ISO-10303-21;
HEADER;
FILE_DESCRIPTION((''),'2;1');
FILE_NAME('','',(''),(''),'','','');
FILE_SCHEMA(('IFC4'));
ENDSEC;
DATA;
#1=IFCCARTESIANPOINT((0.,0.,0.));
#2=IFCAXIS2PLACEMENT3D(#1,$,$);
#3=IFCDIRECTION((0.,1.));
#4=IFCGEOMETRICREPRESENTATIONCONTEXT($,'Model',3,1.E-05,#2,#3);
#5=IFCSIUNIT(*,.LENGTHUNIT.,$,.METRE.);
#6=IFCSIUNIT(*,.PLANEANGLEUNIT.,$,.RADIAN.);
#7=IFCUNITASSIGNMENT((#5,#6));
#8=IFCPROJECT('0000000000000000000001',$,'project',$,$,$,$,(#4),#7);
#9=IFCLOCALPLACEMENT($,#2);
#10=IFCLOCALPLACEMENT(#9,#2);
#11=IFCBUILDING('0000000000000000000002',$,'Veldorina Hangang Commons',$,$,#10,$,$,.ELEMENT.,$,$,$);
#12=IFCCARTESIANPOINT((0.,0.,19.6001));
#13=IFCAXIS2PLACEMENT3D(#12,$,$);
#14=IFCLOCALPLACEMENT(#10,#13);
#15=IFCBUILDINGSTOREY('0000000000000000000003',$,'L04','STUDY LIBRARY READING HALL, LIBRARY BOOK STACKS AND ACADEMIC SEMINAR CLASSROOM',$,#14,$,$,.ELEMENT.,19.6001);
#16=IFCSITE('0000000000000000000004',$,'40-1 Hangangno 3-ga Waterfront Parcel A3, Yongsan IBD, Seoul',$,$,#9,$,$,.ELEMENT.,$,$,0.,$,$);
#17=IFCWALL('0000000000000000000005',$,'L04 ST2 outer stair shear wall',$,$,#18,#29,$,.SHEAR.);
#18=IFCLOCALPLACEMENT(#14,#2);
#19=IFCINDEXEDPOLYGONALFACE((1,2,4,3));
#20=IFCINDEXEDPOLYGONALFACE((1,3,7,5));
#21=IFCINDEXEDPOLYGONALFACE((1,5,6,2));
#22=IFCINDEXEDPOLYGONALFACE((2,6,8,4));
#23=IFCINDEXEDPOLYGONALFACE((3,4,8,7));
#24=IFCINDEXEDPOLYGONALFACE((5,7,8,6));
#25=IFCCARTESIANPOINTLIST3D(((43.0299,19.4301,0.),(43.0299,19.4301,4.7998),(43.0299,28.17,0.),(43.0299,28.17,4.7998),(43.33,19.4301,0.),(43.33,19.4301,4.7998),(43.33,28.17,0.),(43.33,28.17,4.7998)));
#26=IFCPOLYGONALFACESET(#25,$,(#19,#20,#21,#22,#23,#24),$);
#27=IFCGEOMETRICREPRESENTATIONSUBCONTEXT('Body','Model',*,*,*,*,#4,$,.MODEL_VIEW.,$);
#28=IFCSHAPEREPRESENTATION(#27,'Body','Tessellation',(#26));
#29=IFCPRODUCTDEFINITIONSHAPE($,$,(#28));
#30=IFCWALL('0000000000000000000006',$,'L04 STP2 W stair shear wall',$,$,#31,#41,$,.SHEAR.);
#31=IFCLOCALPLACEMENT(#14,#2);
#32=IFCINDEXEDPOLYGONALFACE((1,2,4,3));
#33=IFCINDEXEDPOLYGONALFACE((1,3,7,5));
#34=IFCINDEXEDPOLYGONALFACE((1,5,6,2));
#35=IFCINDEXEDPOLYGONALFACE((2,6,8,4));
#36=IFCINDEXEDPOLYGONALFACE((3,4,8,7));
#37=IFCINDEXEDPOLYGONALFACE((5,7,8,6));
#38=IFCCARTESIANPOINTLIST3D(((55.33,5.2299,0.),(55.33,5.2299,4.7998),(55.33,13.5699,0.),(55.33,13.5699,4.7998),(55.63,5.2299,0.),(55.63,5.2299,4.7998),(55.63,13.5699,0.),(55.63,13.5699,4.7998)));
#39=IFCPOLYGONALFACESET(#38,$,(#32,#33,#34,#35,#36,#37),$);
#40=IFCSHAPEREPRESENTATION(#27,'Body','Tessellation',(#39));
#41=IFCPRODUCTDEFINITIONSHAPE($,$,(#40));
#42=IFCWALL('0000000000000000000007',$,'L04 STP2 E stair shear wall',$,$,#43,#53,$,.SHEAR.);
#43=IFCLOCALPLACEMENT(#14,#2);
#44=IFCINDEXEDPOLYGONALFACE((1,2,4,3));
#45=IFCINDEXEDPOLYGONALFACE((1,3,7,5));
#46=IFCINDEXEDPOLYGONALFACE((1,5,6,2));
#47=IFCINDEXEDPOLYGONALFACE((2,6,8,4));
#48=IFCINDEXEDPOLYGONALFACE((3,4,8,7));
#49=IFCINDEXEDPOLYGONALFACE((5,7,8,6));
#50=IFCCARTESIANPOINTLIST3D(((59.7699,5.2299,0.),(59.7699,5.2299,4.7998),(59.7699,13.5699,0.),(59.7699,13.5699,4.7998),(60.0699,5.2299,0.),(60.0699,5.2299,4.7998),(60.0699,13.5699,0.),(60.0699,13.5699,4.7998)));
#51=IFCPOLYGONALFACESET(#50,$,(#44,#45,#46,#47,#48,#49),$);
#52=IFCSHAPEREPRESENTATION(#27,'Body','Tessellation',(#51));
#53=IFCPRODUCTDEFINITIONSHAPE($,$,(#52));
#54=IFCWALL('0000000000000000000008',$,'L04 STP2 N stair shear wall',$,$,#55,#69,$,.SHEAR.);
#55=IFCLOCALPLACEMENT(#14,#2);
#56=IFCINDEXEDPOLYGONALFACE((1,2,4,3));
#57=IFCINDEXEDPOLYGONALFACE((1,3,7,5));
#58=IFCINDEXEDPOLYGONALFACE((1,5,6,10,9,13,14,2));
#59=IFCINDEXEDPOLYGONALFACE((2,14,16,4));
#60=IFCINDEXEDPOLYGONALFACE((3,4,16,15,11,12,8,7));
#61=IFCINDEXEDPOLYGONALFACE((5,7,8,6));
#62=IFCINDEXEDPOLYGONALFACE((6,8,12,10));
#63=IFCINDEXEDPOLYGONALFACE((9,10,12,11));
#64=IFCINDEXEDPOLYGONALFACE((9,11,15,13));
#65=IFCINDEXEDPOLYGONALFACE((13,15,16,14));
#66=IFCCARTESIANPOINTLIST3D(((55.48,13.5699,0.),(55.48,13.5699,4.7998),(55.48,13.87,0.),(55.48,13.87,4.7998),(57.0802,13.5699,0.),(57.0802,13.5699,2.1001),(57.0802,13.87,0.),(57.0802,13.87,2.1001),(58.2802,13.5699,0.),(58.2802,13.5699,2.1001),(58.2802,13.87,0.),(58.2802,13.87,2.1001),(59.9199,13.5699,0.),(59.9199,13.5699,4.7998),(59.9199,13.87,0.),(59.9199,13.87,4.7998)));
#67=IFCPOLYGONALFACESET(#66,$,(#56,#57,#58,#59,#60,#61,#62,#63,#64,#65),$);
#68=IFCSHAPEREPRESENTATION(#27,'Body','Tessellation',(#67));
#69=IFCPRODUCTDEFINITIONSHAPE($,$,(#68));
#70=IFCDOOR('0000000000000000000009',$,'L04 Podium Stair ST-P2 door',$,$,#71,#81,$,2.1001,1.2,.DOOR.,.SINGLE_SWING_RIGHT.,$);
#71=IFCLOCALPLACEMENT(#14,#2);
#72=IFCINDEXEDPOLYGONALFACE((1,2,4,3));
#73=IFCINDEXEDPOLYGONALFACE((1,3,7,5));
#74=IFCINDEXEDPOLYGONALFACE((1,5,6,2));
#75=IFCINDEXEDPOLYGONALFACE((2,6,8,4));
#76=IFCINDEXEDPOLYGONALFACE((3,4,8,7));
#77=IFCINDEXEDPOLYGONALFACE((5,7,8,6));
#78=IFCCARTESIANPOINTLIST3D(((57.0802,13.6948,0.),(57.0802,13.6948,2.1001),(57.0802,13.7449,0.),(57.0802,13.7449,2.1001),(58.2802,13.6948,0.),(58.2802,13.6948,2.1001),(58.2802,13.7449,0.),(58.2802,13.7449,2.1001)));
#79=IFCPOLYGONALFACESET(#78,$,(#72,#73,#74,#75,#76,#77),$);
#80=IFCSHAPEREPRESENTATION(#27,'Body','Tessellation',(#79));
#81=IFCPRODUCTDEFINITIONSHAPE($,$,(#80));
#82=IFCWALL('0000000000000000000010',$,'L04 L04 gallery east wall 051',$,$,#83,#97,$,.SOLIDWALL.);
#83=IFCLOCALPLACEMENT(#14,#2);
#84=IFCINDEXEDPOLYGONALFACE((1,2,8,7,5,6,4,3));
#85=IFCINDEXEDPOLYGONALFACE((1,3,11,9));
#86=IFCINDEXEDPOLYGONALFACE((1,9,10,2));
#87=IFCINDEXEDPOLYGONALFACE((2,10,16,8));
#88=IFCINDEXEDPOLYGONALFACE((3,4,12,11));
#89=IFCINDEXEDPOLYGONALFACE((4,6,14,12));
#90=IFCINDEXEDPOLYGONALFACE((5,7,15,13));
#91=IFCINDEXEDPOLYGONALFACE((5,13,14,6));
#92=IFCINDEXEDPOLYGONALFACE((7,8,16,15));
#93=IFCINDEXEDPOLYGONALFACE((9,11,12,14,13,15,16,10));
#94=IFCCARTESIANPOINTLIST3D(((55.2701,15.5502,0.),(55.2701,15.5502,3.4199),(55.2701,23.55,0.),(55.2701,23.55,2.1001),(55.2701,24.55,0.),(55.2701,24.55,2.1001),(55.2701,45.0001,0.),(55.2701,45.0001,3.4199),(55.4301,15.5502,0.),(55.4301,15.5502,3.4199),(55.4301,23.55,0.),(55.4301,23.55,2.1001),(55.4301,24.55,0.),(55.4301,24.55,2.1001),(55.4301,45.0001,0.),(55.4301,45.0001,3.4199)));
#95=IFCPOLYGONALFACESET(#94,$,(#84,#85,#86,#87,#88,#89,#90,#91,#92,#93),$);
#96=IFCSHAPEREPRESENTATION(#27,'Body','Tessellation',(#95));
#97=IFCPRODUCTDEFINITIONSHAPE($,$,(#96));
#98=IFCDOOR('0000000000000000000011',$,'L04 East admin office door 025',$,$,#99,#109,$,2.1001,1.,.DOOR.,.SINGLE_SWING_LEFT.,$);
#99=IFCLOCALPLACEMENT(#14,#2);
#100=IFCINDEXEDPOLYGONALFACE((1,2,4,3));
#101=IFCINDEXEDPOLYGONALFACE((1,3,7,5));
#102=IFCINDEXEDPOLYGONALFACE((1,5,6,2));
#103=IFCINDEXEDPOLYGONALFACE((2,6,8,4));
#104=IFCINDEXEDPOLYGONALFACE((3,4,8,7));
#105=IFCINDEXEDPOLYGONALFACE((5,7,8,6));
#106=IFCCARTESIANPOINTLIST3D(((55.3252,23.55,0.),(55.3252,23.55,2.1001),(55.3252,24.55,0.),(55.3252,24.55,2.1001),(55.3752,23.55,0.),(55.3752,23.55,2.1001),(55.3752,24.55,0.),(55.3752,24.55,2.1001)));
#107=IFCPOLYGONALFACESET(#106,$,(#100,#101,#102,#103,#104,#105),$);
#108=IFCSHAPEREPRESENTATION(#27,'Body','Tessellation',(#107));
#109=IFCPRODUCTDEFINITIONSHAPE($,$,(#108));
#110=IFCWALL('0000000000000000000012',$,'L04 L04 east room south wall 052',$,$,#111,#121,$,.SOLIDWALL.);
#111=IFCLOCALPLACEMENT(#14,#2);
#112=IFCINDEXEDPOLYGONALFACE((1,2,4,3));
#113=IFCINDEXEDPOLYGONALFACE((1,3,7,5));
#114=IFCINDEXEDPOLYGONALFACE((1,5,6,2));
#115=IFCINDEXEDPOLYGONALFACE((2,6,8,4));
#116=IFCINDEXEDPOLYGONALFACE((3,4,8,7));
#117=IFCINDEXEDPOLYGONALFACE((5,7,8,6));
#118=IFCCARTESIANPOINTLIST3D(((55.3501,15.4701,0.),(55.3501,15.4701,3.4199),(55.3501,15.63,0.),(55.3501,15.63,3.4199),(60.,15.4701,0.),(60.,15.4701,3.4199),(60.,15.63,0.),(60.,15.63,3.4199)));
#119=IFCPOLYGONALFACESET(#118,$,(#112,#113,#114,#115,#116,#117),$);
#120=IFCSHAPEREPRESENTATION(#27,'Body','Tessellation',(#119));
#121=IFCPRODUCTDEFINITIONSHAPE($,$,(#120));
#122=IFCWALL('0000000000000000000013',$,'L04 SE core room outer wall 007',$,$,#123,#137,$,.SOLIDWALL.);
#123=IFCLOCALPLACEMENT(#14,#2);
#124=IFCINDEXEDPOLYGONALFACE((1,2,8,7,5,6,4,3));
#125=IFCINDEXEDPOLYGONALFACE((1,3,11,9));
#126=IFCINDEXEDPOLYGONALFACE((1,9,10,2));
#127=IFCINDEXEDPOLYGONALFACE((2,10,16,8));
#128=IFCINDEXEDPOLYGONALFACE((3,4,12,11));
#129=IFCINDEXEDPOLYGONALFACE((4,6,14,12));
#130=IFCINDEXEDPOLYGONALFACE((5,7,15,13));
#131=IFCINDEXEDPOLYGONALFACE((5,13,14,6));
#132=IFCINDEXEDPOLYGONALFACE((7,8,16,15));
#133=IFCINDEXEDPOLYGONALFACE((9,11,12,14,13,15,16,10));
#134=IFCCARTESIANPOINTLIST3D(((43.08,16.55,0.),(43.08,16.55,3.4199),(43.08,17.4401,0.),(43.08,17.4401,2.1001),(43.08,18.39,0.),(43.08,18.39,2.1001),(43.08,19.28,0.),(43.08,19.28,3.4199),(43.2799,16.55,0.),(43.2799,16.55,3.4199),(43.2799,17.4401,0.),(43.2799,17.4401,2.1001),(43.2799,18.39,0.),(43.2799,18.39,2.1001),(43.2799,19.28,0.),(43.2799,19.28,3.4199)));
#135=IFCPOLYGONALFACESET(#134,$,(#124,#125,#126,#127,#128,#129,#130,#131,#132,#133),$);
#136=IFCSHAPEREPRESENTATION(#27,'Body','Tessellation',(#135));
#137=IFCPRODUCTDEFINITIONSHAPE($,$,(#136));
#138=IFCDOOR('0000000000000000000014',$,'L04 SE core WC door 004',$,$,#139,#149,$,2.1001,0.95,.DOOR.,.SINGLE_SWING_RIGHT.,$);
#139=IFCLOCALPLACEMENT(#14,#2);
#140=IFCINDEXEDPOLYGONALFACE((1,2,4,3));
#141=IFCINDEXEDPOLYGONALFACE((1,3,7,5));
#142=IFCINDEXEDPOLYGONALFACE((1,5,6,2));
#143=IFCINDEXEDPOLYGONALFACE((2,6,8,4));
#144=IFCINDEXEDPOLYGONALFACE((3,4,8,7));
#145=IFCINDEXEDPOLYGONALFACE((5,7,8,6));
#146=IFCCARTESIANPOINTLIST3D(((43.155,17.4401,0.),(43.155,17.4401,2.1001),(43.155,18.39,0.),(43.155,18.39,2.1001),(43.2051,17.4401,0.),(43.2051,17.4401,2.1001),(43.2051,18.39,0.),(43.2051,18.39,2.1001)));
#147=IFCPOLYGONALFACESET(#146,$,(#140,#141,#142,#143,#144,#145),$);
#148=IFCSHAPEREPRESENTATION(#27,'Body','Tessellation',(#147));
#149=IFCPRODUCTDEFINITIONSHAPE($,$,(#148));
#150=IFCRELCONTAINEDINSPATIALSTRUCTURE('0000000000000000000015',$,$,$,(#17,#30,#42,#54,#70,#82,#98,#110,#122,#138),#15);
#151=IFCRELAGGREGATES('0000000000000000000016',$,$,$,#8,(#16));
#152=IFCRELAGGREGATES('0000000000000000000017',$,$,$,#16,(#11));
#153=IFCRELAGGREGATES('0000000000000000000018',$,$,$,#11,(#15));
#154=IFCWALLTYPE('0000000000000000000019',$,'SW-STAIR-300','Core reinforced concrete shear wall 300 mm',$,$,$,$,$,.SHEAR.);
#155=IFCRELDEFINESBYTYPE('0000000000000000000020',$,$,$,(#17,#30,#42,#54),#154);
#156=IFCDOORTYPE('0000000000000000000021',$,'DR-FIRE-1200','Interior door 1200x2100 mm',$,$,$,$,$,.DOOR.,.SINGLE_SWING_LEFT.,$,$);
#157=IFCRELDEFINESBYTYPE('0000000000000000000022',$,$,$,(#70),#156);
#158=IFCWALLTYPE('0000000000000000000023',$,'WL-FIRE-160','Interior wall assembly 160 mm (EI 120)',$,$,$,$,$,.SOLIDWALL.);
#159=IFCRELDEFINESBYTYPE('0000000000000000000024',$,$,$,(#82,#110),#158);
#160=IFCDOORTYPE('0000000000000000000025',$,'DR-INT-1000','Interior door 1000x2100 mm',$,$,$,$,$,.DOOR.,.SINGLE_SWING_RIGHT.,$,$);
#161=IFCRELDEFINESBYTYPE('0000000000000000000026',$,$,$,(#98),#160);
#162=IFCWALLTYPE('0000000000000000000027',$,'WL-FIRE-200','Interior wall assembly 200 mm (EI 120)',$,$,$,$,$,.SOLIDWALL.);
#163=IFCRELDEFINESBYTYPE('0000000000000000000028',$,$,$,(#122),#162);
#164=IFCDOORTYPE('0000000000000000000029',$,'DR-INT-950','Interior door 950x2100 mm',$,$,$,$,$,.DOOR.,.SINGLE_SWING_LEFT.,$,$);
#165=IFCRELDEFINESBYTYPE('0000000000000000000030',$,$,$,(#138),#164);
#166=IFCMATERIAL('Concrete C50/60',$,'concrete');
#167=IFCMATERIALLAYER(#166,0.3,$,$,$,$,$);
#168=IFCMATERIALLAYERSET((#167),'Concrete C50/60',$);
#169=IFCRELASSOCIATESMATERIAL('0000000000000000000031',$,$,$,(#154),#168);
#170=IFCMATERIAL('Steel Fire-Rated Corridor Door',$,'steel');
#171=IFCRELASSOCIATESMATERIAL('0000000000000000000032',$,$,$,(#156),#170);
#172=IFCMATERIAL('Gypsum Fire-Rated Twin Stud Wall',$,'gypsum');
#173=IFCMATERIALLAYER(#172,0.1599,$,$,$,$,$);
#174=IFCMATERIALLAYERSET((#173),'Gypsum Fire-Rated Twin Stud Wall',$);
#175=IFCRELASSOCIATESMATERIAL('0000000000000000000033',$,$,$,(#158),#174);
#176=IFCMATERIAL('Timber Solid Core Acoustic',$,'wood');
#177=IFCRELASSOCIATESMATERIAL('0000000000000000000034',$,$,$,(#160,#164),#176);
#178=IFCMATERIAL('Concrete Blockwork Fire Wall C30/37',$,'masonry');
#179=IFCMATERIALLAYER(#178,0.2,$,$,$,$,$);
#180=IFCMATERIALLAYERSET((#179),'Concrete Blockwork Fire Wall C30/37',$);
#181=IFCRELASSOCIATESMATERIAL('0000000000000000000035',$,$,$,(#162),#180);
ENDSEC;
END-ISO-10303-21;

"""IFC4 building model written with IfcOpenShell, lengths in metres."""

from ifc_helpers import new_model, si_unit, direction, frame, frame_2d, origin, place, context, subcontext, project, spatial, rectangle, extrude, material, layer, layer_set, type_object, element, fill, save


model = new_model("IFC4")

# Units and contexts
model_context = context("Model", 3, precision=1e-05, world=origin(), true_north=direction((0.0, 1.0)))
body_context = subcontext(model_context, "Body", "Model", "MODEL_VIEW")
ifc_project = project(units=[si_unit("LENGTHUNIT", "METRE"), si_unit("PLANEANGLEUNIT", "RADIAN")], contexts=[model_context])

# Site, building, storey
site_placement = place(None, origin())
site = spatial("IfcSite", under=ifc_project, at=site_placement, Name="40-1 Hangangno 3-ga Waterfront Parcel A3, Yongsan IBD, Seoul", CompositionType="ELEMENT", RefElevation=0.0)
building_placement = place(site_placement, origin())
building = spatial("IfcBuilding", under=site, at=building_placement, Name="Veldorina Hangang Commons", CompositionType="ELEMENT")
storey_placement = place(building_placement, frame((0.0, 0.0, 19.6001)))
storey = spatial("IfcBuildingStorey", under=building, at=storey_placement, Name="L04", Description="STUDY LIBRARY READING HALL, LIBRARY BOOK STACKS AND ACADEMIC SEMINAR CLASSROOM", CompositionType="ELEMENT", Elevation=19.6001)

# Walls
ifc_material_1 = material(Name="Concrete C50/60", Category="concrete")
ifc_layer_1 = layer(ifc_material_1, 0.3)
ifc_layer_set_1 = layer_set([ifc_layer_1], Name="Concrete C50/60")
wall_type_1 = type_object("IfcWallType", Name="SW-STAIR-300", Description="Core reinforced concrete shear wall 300 mm", PredefinedType="SHEAR", material=ifc_layer_set_1)
wall_1_placement = place(storey_placement, frame((43.1799, 19.4299, 0.0), z_axis=(0.0, 0.0, 1.0), x_axis=(0.0, 1.0, 0.0)))
element("IfcWall", 1, at=wall_1_placement, inside=storey, type_object=wall_type_1, Name="L04 ST2 outer stair shear wall", PredefinedType="SHEAR", context=body_context, shape_type="SweptSolid", body=[
    extrude(rectangle(XDim=8.74, YDim=0.3, at=frame_2d((4.3701, 0.0))), origin(), (0.0, 0.0, 1.0), 4.7998),
])
for number, where, z_axis, x_axis, name in (
    (2, (55.48, 5.23, 0.0), (0.0, 0.0, 1.0), (0.0, 1.0, 0.0), "L04 STP2 W stair shear wall"),
    (3, (59.9199, 5.23, 0.0), (0.0, 0.0, 1.0), (0.0, 1.0, 0.0), "L04 STP2 E stair shear wall"),
):
    element("IfcWall", number, at=place(storey_placement, frame(where, z_axis=z_axis, x_axis=x_axis)), inside=storey, type_object=wall_type_1, Name=name, PredefinedType="SHEAR", context=body_context, shape_type="SweptSolid", body=[
        extrude(rectangle(XDim=8.3401, YDim=0.3, at=frame_2d((4.1699, 0.0))), origin(), (0.0, 0.0, 1.0), 4.7998),
    ])

# Walls, openings, doors
wall_2_placement = place(storey_placement, frame((55.48, 13.72, 0.0), z_axis=(0.0, 0.0, 1.0), x_axis=(1.0, 0.0, 0.0)))
wall_2 = element("IfcWall", 4, at=wall_2_placement, inside=storey, type_object=wall_type_1, Name="L04 STP2 N stair shear wall", PredefinedType="SHEAR", context=body_context, shape_type="SweptSolid", body=[
    extrude(rectangle(XDim=4.4399, YDim=0.3, at=frame_2d((2.22, 0.0))), origin(), (0.0, 0.0, 1.0), 4.7998),
])
opening_1_placement = place(wall_2_placement, frame((1.6001, 0.0, 0.0)))
opening_1 = element("IfcOpeningElement", 5, at=opening_1_placement, cuts=wall_2, PredefinedType="OPENING", context=body_context, shape_type="SweptSolid", body=[
    extrude(rectangle(XDim=1.2, YDim=2.1001, at=frame_2d((0.6001, 1.05))), frame((0.0, 0.1602, 0.0), z_axis=(0.0, -1.0, 0.0), x_axis=(1.0, 0.0, 0.0)), (0.0, 0.0, 1.0), 0.3201),
])
ifc_material_2 = material(Name="Steel Fire-Rated Corridor Door", Category="steel")
door_type_1 = type_object("IfcDoorType", Name="DR-FIRE-1200", Description="Interior door 1200x2100 mm", OperationType="SINGLE_SWING_LEFT", PredefinedType="DOOR", material=ifc_material_2)
door_1_placement = place(opening_1_placement, origin())
door_1 = element("IfcDoor", 6, at=door_1_placement, inside=storey, type_object=door_type_1, Name="L04 Podium Stair ST-P2 door", OperationType="SINGLE_SWING_RIGHT", OverallHeight=2.1001, OverallWidth=1.2, PredefinedType="DOOR", context=body_context, shape_type="SweptSolid", body=[
    extrude(rectangle(XDim=1.2, YDim=2.1001, at=frame_2d((0.6001, 1.05))), frame((0.0, 0.0249, 0.0), z_axis=(0.0, -1.0, 0.0), x_axis=(1.0, 0.0, 0.0)), (0.0, 0.0, 1.0), 0.05),
])
fill(opening_1, door_1)
ifc_material_3 = material(Name="Gypsum Fire-Rated Twin Stud Wall", Category="gypsum")
ifc_layer_2 = layer(ifc_material_3, 0.1599)
ifc_layer_set_2 = layer_set([ifc_layer_2], Name="Gypsum Fire-Rated Twin Stud Wall")
wall_type_2 = type_object("IfcWallType", Name="WL-FIRE-160", Description="Interior wall assembly 160 mm (EI 120)", PredefinedType="SOLIDWALL", material=ifc_layer_set_2)
wall_3_placement = place(storey_placement, frame((55.3501, 15.55, 0.0), z_axis=(0.0, 0.0, 1.0), x_axis=(0.0, 1.0, 0.0)))
wall_3 = element("IfcWall", 7, at=wall_3_placement, inside=storey, type_object=wall_type_2, Name="L04 L04 gallery east wall 051", PredefinedType="SOLIDWALL", context=body_context, shape_type="SweptSolid", body=[
    extrude(rectangle(XDim=29.45, YDim=0.1599, at=frame_2d((14.7251, 0.0))), origin(), (0.0, 0.0, 1.0), 3.4199),
])
opening_2_placement = place(wall_3_placement, frame((8.0, 0.0, 0.0)))
opening_2 = element("IfcOpeningElement", 8, at=opening_2_placement, cuts=wall_3, PredefinedType="OPENING", context=body_context, shape_type="SweptSolid", body=[
    extrude(rectangle(XDim=1.0, YDim=2.1001, at=frame_2d((0.5, 1.05))), frame((0.0, 0.0898, 0.0), z_axis=(0.0, -1.0, 0.0), x_axis=(1.0, 0.0, 0.0)), (0.0, 0.0, 1.0), 0.1799),
])
ifc_material_4 = material(Name="Timber Solid Core Acoustic", Category="wood")
door_type_2 = type_object("IfcDoorType", Name="DR-INT-1000", Description="Interior door 1000x2100 mm", OperationType="SINGLE_SWING_RIGHT", PredefinedType="DOOR", material=ifc_material_4)
door_2_placement = place(opening_2_placement, origin())
door_2 = element("IfcDoor", 9, at=door_2_placement, inside=storey, type_object=door_type_2, Name="L04 East admin office door 025", OperationType="SINGLE_SWING_LEFT", OverallHeight=2.1001, OverallWidth=1.0, PredefinedType="DOOR", context=body_context, shape_type="SweptSolid", body=[
    extrude(rectangle(XDim=1.0, YDim=2.1001, at=frame_2d((0.5, 1.05))), frame((0.0, 0.0249, 0.0), z_axis=(0.0, -1.0, 0.0), x_axis=(1.0, 0.0, 0.0)), (0.0, 0.0, 1.0), 0.05),
])
fill(opening_2, door_2)

# Wall
wall_4_placement = place(storey_placement, frame((55.3501, 15.55, 0.0), z_axis=(0.0, 0.0, 1.0), x_axis=(1.0, 0.0, 0.0)))
element("IfcWall", 10, at=wall_4_placement, inside=storey, type_object=wall_type_2, Name="L04 L04 east room south wall 052", PredefinedType="SOLIDWALL", context=body_context, shape_type="SweptSolid", body=[
    extrude(rectangle(XDim=4.6499, YDim=0.1599, at=frame_2d((2.325, 0.0))), origin(), (0.0, 0.0, 1.0), 3.4199),
])

# Wall, opening, door
ifc_material_5 = material(Name="Concrete Blockwork Fire Wall C30/37", Category="masonry")
ifc_layer_3 = layer(ifc_material_5, 0.2)
ifc_layer_set_3 = layer_set([ifc_layer_3], Name="Concrete Blockwork Fire Wall C30/37")
wall_type_3 = type_object("IfcWallType", Name="WL-FIRE-200", Description="Interior wall assembly 200 mm (EI 120)", PredefinedType="SOLIDWALL", material=ifc_layer_set_3)
wall_5_placement = place(storey_placement, frame((43.1799, 16.55, 0.0), z_axis=(0.0, 0.0, 1.0), x_axis=(0.0, 1.0, 0.0)))
wall_5 = element("IfcWall", 11, at=wall_5_placement, inside=storey, type_object=wall_type_3, Name="L04 SE core room outer wall 007", PredefinedType="SOLIDWALL", context=body_context, shape_type="SweptSolid", body=[
    extrude(rectangle(XDim=2.73, YDim=0.2, at=frame_2d((1.365, 0.0))), origin(), (0.0, 0.0, 1.0), 3.4199),
])
opening_3_placement = place(wall_5_placement, frame((0.8899, 0.0, 0.0)))
opening_3 = element("IfcOpeningElement", 12, at=opening_3_placement, cuts=wall_5, PredefinedType="OPENING", context=body_context, shape_type="SweptSolid", body=[
    extrude(rectangle(XDim=0.95, YDim=2.1001, at=frame_2d((0.4751, 1.05))), frame((0.0, 0.1099, 0.0), z_axis=(0.0, -1.0, 0.0), x_axis=(1.0, 0.0, 0.0)), (0.0, 0.0, 1.0), 0.22),
])
door_type_3 = type_object("IfcDoorType", Name="DR-INT-950", Description="Interior door 950x2100 mm", OperationType="SINGLE_SWING_LEFT", PredefinedType="DOOR", material=ifc_material_4)
door_3_placement = place(opening_3_placement, origin())
door_3 = element("IfcDoor", 13, at=door_3_placement, inside=storey, type_object=door_type_3, Name="L04 SE core WC door 004", OperationType="SINGLE_SWING_RIGHT", OverallHeight=2.1001, OverallWidth=0.95, PredefinedType="DOOR", context=body_context, shape_type="SweptSolid", body=[
    extrude(rectangle(XDim=0.95, YDim=2.1001, at=frame_2d((0.4751, 1.05))), frame((0.0, 0.0249, 0.0), z_axis=(0.0, -1.0, 0.0), x_axis=(1.0, 0.0, 0.0)), (0.0, 0.0, 1.0), 0.05),
])
fill(opening_3, door_3)

save(model, "model.ifc")
